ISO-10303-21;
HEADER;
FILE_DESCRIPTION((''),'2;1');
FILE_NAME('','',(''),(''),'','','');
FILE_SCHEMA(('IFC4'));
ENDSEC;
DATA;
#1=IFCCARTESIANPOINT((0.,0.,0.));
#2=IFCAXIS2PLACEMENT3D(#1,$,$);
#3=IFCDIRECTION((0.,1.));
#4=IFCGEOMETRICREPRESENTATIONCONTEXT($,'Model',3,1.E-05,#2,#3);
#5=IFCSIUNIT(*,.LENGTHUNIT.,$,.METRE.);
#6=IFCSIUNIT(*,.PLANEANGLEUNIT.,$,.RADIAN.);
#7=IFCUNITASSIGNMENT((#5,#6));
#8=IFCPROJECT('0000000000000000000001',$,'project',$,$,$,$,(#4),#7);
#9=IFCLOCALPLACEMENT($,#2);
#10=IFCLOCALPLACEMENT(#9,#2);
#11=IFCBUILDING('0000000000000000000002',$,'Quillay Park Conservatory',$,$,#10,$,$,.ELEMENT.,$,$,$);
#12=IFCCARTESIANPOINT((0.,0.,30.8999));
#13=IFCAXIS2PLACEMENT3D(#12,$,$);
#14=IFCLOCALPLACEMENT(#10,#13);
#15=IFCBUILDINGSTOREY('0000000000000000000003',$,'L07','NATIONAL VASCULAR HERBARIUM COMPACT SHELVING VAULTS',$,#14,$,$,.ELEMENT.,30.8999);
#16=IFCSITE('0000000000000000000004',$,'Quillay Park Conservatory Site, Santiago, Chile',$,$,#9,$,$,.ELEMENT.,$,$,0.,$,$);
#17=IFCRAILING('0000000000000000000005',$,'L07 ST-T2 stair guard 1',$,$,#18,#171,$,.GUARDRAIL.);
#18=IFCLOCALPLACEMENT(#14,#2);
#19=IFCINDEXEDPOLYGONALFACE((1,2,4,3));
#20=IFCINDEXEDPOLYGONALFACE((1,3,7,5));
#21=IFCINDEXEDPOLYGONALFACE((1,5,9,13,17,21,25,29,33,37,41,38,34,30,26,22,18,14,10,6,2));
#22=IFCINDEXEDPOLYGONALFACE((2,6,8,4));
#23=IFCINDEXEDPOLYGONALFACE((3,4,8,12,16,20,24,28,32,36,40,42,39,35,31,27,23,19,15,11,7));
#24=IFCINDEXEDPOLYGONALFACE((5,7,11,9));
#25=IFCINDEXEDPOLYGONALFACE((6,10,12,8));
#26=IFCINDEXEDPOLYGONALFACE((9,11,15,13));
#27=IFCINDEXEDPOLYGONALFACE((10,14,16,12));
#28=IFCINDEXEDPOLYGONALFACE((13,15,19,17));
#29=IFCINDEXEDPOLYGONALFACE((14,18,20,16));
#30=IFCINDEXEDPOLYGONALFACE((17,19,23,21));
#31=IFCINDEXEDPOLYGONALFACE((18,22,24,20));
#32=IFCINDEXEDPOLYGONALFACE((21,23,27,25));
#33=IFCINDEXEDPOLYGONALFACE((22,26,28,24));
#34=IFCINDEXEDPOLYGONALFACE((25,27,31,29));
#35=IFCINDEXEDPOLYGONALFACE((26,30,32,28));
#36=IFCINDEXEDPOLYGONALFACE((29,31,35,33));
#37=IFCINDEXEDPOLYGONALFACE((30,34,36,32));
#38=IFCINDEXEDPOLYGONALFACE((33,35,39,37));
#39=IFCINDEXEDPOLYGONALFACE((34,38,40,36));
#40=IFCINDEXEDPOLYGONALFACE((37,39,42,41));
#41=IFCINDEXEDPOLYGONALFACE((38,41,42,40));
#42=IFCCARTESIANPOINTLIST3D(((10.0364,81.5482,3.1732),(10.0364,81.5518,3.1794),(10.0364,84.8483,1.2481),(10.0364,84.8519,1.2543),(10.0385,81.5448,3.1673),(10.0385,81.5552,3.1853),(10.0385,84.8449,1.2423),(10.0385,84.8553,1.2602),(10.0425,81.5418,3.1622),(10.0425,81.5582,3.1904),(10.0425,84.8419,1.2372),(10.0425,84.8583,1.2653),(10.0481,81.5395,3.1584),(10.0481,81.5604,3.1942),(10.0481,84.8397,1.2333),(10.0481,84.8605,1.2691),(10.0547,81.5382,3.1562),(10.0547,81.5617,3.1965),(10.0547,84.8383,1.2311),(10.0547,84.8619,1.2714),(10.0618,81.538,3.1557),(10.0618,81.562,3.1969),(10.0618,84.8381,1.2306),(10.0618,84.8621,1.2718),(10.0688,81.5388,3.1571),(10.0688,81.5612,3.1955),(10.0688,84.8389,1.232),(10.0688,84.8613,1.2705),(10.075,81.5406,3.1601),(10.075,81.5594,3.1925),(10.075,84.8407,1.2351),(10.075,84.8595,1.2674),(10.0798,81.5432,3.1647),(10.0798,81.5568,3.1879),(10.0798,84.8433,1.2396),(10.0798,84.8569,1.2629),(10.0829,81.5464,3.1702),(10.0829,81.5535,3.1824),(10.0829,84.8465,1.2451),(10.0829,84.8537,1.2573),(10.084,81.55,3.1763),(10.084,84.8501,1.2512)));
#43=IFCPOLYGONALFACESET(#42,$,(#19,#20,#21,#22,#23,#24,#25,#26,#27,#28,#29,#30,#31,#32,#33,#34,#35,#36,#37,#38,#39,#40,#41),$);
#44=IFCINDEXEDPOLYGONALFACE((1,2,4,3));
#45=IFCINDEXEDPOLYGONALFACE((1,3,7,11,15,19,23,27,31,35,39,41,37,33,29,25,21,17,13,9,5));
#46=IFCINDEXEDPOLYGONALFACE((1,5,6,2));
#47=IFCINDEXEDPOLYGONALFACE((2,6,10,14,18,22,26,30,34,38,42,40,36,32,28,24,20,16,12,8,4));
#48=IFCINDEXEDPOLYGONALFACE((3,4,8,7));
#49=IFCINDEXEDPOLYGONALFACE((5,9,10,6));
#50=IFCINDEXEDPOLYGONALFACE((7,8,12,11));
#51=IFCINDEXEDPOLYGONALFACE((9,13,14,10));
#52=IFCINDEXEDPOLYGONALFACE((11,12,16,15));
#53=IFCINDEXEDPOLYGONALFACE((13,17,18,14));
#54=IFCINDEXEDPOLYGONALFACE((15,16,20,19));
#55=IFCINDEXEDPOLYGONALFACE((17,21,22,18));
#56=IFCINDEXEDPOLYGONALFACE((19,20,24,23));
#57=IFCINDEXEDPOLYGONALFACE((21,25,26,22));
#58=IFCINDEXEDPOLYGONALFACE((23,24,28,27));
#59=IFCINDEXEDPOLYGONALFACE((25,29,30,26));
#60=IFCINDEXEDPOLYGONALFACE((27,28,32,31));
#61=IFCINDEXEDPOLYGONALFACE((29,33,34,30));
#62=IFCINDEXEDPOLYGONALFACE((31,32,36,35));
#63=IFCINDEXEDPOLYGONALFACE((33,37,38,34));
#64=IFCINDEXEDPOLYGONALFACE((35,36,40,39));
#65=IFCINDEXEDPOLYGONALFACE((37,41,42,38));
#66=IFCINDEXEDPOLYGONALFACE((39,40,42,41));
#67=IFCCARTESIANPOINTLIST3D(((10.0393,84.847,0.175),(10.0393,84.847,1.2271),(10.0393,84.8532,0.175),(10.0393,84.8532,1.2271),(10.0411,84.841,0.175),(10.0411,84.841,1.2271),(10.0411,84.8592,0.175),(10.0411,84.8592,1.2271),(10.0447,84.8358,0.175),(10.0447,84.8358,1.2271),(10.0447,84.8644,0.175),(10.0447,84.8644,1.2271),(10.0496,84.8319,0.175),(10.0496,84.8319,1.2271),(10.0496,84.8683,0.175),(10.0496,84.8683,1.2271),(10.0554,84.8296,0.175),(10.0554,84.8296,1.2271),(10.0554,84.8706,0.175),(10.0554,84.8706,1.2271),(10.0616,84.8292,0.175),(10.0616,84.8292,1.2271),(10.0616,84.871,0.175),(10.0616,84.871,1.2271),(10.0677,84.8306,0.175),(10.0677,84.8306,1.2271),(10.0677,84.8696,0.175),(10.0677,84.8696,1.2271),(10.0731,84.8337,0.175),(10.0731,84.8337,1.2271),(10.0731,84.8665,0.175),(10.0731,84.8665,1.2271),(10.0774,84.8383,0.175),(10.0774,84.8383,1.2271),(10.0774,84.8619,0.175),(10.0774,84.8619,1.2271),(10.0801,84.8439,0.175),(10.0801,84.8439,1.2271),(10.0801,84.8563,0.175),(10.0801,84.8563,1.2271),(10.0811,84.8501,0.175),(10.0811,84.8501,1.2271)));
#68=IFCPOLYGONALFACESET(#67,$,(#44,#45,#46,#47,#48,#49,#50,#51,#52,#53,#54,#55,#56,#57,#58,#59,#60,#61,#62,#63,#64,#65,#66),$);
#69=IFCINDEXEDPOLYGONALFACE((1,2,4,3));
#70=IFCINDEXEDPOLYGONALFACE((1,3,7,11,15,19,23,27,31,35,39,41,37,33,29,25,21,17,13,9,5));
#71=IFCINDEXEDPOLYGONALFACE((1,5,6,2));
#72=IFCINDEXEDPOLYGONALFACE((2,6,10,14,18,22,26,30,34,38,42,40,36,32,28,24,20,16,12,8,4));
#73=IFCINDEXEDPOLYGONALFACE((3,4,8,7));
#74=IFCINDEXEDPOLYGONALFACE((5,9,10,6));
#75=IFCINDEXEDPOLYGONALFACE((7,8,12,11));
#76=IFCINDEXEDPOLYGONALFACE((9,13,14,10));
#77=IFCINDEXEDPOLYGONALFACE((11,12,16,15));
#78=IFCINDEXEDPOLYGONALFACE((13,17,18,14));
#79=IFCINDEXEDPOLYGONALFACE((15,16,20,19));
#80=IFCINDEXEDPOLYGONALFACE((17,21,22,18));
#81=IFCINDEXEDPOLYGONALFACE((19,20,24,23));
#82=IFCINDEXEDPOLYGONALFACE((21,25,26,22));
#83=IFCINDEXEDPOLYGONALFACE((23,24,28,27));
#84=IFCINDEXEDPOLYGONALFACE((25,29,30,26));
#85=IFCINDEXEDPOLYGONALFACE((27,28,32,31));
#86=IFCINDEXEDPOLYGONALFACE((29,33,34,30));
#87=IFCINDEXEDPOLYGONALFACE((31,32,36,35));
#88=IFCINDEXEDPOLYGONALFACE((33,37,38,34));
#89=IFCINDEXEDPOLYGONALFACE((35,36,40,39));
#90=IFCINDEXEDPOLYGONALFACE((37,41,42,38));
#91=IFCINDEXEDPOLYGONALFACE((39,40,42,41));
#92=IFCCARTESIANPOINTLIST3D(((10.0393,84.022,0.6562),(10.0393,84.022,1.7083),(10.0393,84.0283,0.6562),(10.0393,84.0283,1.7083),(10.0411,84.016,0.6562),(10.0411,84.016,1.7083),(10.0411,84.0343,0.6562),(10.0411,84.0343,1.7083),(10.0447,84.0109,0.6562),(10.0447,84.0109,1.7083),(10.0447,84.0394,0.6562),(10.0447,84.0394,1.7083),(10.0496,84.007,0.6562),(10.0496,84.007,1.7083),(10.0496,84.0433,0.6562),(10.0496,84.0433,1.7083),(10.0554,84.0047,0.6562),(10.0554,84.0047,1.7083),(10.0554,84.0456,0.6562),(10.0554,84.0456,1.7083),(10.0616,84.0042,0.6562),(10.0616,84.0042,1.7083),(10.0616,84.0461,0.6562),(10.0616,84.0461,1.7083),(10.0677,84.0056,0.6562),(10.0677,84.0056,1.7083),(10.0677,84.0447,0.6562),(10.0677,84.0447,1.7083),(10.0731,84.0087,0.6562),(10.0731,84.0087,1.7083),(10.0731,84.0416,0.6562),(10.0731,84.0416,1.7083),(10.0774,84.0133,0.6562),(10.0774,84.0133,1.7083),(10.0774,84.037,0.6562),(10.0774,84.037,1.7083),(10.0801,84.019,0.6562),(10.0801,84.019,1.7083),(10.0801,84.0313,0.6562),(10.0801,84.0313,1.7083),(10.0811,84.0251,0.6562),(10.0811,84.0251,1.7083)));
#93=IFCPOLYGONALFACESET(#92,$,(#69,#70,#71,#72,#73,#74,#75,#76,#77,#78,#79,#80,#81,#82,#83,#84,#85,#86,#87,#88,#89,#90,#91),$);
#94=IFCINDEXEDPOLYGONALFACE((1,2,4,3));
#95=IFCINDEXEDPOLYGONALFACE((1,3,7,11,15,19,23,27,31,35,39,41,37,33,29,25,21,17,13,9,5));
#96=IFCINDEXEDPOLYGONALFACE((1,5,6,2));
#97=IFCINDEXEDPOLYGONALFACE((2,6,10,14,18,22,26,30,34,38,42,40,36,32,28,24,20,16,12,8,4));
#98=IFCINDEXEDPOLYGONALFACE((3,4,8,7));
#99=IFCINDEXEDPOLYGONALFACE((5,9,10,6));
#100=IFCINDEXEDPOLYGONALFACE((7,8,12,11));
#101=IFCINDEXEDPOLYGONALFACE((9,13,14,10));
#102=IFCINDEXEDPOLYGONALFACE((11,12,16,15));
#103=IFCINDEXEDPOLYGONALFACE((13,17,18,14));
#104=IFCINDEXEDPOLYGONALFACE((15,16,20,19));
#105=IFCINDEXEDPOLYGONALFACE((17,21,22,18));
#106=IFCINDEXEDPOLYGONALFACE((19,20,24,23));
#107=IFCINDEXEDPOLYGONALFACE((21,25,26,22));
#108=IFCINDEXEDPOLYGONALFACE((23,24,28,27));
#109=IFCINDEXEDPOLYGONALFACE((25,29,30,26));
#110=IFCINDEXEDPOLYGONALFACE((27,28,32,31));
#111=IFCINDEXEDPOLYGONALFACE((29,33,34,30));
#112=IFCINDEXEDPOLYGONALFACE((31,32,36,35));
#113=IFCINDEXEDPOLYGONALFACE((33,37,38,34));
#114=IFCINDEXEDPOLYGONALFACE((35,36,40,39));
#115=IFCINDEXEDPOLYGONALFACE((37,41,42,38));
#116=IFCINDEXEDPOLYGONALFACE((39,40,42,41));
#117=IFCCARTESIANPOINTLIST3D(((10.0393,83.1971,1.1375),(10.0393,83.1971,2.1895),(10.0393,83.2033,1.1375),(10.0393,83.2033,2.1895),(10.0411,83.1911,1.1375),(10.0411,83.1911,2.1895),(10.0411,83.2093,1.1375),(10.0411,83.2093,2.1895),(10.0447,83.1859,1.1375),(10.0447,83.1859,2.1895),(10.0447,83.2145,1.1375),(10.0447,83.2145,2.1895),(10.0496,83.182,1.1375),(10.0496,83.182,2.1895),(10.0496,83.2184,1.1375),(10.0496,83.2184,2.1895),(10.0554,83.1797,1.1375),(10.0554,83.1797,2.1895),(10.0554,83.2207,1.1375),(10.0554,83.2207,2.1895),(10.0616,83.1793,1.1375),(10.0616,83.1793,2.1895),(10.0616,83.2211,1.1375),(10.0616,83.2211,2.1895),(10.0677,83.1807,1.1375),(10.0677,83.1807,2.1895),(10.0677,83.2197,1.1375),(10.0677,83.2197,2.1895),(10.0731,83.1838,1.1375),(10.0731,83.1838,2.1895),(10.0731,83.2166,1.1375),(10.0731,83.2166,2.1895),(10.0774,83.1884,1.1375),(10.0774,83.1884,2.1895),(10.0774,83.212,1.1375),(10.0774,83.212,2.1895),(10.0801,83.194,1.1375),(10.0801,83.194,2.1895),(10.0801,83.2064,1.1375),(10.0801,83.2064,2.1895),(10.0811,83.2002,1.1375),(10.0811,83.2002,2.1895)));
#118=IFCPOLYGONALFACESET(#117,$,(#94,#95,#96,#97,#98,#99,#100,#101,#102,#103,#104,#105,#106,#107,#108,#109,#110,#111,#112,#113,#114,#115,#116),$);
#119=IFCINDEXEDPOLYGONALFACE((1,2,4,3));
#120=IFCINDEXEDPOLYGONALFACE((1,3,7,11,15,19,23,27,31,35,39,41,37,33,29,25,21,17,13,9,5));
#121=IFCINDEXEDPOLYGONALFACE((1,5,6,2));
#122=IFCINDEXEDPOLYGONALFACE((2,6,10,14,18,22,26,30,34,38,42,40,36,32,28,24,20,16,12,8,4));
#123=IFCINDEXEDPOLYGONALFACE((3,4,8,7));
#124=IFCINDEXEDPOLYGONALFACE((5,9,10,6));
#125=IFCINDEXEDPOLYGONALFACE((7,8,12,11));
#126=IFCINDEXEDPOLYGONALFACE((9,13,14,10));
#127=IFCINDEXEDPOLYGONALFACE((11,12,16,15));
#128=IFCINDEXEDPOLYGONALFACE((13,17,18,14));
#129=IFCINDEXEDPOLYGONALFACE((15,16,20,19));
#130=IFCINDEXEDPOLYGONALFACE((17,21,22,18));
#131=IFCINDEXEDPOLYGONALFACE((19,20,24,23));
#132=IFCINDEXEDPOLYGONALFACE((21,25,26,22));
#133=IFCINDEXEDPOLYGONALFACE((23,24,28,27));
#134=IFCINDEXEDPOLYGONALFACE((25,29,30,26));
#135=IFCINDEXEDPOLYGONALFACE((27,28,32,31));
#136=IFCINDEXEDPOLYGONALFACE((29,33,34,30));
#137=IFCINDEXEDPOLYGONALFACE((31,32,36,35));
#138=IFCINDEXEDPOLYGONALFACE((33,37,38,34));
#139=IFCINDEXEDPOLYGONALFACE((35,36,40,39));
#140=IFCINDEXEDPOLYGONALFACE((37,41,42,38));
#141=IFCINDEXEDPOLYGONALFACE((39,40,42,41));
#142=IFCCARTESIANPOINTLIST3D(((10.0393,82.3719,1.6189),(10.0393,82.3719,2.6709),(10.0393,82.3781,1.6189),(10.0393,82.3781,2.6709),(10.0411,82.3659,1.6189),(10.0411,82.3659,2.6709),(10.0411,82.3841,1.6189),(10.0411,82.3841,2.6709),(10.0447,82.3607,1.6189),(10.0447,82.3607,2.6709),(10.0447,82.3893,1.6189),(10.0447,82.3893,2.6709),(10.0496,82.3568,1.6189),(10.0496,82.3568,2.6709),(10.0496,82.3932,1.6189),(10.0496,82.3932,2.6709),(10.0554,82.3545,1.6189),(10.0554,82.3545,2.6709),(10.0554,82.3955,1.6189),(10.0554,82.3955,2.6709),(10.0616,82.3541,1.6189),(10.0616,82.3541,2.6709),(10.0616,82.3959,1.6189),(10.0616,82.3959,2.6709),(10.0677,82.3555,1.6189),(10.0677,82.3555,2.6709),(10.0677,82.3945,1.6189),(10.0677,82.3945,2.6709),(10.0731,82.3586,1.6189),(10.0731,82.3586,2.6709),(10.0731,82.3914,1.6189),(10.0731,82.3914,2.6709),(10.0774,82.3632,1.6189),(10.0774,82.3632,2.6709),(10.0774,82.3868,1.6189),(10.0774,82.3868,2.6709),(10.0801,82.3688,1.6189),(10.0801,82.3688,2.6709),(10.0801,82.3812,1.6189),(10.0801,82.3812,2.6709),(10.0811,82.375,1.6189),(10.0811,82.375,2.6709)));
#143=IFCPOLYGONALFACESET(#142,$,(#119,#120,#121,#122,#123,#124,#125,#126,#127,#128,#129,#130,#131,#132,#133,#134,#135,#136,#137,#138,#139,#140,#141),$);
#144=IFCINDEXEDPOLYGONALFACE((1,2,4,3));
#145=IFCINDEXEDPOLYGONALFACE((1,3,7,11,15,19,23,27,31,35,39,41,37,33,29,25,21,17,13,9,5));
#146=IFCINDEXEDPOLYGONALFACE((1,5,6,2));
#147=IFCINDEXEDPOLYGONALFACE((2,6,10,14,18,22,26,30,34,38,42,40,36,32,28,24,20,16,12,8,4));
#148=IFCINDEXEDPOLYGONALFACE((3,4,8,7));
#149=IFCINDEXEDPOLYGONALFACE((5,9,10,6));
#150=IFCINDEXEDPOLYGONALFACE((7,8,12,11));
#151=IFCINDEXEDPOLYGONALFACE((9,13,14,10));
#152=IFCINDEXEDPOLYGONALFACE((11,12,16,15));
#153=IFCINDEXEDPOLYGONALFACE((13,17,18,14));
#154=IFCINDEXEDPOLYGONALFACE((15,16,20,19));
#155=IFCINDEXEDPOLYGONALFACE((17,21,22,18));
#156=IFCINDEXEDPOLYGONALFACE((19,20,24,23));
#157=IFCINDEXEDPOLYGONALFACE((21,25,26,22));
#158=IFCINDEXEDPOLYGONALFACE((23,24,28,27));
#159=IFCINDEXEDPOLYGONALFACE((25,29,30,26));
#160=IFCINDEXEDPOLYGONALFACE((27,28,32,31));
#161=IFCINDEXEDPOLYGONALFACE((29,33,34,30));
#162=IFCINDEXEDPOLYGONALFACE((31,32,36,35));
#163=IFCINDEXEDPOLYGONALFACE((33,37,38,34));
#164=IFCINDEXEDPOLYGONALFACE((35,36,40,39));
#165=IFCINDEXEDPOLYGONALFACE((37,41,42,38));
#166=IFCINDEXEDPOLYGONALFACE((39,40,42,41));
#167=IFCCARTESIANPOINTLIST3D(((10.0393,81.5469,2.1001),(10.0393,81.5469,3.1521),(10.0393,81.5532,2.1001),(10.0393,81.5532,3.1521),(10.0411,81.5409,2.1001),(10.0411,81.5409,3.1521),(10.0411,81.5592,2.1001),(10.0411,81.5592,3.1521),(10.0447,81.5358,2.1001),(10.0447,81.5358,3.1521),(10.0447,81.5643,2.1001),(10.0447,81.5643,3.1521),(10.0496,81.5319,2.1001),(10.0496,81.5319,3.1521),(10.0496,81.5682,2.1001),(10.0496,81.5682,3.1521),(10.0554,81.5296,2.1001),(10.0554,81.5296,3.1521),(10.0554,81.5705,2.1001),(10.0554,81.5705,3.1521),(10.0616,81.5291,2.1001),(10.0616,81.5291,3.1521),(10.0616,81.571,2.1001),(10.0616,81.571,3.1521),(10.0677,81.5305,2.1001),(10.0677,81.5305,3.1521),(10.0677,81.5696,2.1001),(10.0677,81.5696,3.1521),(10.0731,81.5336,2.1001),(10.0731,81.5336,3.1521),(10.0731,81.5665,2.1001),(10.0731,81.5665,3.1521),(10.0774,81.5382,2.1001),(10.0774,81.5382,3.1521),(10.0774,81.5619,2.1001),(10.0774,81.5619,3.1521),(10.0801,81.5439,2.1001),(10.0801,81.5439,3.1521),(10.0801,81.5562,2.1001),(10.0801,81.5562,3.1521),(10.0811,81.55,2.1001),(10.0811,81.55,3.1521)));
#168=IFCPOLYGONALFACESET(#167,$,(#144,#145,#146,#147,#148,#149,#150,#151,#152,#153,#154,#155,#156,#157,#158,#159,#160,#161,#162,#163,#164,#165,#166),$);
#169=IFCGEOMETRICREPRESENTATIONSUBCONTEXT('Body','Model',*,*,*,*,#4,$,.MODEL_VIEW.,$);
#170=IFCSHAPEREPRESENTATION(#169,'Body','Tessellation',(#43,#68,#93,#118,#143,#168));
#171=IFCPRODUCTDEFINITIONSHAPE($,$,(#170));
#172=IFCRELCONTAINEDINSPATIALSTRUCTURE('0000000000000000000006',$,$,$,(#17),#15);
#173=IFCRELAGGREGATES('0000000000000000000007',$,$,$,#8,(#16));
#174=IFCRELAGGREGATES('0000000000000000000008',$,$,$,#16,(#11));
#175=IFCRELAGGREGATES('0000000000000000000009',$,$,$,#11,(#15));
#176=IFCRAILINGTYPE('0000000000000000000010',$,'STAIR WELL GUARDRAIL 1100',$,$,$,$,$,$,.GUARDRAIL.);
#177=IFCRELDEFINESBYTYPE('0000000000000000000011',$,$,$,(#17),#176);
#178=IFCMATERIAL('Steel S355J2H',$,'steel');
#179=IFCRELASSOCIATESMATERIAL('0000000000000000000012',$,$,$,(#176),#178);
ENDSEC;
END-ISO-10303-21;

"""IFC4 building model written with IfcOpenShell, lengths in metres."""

from ifc_helpers import new_model, si_unit, direction, frame, origin, origin_2d, place, context, subcontext, project, spatial, circle, extrude, material, type_object, element, save


model = new_model("IFC4")

# Units and contexts
model_context = context("Model", 3, precision=1e-05, world=origin(), true_north=direction((0.0, 1.0)))
body_context = subcontext(model_context, "Body", "Model", "MODEL_VIEW")
ifc_project = project(units=[si_unit("LENGTHUNIT", "METRE"), si_unit("PLANEANGLEUNIT", "RADIAN")], contexts=[model_context])

# Site, building, storey
site_placement = place(None, origin())
site = spatial("IfcSite", under=ifc_project, at=site_placement, Name="Quillay Park Conservatory Site, Santiago, Chile", CompositionType="ELEMENT", RefElevation=0.0)
building_placement = place(site_placement, origin())
building = spatial("IfcBuilding", under=site, at=building_placement, Name="Quillay Park Conservatory", CompositionType="ELEMENT")
storey_placement = place(building_placement, frame((0.0, 0.0, 30.8999)))
storey = spatial("IfcBuildingStorey", under=building, at=storey_placement, Name="L07", Description="NATIONAL VASCULAR HERBARIUM COMPACT SHELVING VAULTS", CompositionType="ELEMENT", Elevation=30.8999)

# Railing
ifc_material_1 = material(Name="Steel S355J2H", Category="steel")
railing_type_1 = type_object("IfcRailingType", Name="STAIR WELL GUARDRAIL 1100", PredefinedType="GUARDRAIL", material=ifc_material_1)
railing_1_placement = place(storey_placement, frame((10.0601, 84.8501, 0.175)))
element("IfcRailing", 1, at=railing_1_placement, inside=storey, type_object=railing_type_1, Name="L07 ST-T2 stair guard 1", PredefinedType="GUARDRAIL", context=body_context, shape_type="SweptSolid", body=[
    extrude(circle(Radius=0.0239, at=origin_2d()), frame((0.0, 0.0, 1.0762), z_axis=(0.0, -0.863777, 0.503875), x_axis=(1.0, 0.0, 0.0)), (0.0, 0.0, 1.0), 3.8206),
    extrude(circle(Radius=0.021, at=origin_2d()), origin(), (0.0, 0.0, 1.0), 1.052),
    extrude(circle(Radius=0.021, at=origin_2d()), frame((0.0, -0.825, 0.4812)), (0.0, 0.0, 1.0), 1.052),
    extrude(circle(Radius=0.021, at=origin_2d()), frame((0.0, -1.6499, 0.9624)), (0.0, 0.0, 1.0), 1.052),
    extrude(circle(Radius=0.021, at=origin_2d()), frame((0.0, -2.4751, 1.4438)), (0.0, 0.0, 1.0), 1.052),
    extrude(circle(Radius=0.021, at=origin_2d()), frame((0.0, -3.3, 1.925)), (0.0, 0.0, 1.0), 1.052),
])

save(model, "model.ifc")
